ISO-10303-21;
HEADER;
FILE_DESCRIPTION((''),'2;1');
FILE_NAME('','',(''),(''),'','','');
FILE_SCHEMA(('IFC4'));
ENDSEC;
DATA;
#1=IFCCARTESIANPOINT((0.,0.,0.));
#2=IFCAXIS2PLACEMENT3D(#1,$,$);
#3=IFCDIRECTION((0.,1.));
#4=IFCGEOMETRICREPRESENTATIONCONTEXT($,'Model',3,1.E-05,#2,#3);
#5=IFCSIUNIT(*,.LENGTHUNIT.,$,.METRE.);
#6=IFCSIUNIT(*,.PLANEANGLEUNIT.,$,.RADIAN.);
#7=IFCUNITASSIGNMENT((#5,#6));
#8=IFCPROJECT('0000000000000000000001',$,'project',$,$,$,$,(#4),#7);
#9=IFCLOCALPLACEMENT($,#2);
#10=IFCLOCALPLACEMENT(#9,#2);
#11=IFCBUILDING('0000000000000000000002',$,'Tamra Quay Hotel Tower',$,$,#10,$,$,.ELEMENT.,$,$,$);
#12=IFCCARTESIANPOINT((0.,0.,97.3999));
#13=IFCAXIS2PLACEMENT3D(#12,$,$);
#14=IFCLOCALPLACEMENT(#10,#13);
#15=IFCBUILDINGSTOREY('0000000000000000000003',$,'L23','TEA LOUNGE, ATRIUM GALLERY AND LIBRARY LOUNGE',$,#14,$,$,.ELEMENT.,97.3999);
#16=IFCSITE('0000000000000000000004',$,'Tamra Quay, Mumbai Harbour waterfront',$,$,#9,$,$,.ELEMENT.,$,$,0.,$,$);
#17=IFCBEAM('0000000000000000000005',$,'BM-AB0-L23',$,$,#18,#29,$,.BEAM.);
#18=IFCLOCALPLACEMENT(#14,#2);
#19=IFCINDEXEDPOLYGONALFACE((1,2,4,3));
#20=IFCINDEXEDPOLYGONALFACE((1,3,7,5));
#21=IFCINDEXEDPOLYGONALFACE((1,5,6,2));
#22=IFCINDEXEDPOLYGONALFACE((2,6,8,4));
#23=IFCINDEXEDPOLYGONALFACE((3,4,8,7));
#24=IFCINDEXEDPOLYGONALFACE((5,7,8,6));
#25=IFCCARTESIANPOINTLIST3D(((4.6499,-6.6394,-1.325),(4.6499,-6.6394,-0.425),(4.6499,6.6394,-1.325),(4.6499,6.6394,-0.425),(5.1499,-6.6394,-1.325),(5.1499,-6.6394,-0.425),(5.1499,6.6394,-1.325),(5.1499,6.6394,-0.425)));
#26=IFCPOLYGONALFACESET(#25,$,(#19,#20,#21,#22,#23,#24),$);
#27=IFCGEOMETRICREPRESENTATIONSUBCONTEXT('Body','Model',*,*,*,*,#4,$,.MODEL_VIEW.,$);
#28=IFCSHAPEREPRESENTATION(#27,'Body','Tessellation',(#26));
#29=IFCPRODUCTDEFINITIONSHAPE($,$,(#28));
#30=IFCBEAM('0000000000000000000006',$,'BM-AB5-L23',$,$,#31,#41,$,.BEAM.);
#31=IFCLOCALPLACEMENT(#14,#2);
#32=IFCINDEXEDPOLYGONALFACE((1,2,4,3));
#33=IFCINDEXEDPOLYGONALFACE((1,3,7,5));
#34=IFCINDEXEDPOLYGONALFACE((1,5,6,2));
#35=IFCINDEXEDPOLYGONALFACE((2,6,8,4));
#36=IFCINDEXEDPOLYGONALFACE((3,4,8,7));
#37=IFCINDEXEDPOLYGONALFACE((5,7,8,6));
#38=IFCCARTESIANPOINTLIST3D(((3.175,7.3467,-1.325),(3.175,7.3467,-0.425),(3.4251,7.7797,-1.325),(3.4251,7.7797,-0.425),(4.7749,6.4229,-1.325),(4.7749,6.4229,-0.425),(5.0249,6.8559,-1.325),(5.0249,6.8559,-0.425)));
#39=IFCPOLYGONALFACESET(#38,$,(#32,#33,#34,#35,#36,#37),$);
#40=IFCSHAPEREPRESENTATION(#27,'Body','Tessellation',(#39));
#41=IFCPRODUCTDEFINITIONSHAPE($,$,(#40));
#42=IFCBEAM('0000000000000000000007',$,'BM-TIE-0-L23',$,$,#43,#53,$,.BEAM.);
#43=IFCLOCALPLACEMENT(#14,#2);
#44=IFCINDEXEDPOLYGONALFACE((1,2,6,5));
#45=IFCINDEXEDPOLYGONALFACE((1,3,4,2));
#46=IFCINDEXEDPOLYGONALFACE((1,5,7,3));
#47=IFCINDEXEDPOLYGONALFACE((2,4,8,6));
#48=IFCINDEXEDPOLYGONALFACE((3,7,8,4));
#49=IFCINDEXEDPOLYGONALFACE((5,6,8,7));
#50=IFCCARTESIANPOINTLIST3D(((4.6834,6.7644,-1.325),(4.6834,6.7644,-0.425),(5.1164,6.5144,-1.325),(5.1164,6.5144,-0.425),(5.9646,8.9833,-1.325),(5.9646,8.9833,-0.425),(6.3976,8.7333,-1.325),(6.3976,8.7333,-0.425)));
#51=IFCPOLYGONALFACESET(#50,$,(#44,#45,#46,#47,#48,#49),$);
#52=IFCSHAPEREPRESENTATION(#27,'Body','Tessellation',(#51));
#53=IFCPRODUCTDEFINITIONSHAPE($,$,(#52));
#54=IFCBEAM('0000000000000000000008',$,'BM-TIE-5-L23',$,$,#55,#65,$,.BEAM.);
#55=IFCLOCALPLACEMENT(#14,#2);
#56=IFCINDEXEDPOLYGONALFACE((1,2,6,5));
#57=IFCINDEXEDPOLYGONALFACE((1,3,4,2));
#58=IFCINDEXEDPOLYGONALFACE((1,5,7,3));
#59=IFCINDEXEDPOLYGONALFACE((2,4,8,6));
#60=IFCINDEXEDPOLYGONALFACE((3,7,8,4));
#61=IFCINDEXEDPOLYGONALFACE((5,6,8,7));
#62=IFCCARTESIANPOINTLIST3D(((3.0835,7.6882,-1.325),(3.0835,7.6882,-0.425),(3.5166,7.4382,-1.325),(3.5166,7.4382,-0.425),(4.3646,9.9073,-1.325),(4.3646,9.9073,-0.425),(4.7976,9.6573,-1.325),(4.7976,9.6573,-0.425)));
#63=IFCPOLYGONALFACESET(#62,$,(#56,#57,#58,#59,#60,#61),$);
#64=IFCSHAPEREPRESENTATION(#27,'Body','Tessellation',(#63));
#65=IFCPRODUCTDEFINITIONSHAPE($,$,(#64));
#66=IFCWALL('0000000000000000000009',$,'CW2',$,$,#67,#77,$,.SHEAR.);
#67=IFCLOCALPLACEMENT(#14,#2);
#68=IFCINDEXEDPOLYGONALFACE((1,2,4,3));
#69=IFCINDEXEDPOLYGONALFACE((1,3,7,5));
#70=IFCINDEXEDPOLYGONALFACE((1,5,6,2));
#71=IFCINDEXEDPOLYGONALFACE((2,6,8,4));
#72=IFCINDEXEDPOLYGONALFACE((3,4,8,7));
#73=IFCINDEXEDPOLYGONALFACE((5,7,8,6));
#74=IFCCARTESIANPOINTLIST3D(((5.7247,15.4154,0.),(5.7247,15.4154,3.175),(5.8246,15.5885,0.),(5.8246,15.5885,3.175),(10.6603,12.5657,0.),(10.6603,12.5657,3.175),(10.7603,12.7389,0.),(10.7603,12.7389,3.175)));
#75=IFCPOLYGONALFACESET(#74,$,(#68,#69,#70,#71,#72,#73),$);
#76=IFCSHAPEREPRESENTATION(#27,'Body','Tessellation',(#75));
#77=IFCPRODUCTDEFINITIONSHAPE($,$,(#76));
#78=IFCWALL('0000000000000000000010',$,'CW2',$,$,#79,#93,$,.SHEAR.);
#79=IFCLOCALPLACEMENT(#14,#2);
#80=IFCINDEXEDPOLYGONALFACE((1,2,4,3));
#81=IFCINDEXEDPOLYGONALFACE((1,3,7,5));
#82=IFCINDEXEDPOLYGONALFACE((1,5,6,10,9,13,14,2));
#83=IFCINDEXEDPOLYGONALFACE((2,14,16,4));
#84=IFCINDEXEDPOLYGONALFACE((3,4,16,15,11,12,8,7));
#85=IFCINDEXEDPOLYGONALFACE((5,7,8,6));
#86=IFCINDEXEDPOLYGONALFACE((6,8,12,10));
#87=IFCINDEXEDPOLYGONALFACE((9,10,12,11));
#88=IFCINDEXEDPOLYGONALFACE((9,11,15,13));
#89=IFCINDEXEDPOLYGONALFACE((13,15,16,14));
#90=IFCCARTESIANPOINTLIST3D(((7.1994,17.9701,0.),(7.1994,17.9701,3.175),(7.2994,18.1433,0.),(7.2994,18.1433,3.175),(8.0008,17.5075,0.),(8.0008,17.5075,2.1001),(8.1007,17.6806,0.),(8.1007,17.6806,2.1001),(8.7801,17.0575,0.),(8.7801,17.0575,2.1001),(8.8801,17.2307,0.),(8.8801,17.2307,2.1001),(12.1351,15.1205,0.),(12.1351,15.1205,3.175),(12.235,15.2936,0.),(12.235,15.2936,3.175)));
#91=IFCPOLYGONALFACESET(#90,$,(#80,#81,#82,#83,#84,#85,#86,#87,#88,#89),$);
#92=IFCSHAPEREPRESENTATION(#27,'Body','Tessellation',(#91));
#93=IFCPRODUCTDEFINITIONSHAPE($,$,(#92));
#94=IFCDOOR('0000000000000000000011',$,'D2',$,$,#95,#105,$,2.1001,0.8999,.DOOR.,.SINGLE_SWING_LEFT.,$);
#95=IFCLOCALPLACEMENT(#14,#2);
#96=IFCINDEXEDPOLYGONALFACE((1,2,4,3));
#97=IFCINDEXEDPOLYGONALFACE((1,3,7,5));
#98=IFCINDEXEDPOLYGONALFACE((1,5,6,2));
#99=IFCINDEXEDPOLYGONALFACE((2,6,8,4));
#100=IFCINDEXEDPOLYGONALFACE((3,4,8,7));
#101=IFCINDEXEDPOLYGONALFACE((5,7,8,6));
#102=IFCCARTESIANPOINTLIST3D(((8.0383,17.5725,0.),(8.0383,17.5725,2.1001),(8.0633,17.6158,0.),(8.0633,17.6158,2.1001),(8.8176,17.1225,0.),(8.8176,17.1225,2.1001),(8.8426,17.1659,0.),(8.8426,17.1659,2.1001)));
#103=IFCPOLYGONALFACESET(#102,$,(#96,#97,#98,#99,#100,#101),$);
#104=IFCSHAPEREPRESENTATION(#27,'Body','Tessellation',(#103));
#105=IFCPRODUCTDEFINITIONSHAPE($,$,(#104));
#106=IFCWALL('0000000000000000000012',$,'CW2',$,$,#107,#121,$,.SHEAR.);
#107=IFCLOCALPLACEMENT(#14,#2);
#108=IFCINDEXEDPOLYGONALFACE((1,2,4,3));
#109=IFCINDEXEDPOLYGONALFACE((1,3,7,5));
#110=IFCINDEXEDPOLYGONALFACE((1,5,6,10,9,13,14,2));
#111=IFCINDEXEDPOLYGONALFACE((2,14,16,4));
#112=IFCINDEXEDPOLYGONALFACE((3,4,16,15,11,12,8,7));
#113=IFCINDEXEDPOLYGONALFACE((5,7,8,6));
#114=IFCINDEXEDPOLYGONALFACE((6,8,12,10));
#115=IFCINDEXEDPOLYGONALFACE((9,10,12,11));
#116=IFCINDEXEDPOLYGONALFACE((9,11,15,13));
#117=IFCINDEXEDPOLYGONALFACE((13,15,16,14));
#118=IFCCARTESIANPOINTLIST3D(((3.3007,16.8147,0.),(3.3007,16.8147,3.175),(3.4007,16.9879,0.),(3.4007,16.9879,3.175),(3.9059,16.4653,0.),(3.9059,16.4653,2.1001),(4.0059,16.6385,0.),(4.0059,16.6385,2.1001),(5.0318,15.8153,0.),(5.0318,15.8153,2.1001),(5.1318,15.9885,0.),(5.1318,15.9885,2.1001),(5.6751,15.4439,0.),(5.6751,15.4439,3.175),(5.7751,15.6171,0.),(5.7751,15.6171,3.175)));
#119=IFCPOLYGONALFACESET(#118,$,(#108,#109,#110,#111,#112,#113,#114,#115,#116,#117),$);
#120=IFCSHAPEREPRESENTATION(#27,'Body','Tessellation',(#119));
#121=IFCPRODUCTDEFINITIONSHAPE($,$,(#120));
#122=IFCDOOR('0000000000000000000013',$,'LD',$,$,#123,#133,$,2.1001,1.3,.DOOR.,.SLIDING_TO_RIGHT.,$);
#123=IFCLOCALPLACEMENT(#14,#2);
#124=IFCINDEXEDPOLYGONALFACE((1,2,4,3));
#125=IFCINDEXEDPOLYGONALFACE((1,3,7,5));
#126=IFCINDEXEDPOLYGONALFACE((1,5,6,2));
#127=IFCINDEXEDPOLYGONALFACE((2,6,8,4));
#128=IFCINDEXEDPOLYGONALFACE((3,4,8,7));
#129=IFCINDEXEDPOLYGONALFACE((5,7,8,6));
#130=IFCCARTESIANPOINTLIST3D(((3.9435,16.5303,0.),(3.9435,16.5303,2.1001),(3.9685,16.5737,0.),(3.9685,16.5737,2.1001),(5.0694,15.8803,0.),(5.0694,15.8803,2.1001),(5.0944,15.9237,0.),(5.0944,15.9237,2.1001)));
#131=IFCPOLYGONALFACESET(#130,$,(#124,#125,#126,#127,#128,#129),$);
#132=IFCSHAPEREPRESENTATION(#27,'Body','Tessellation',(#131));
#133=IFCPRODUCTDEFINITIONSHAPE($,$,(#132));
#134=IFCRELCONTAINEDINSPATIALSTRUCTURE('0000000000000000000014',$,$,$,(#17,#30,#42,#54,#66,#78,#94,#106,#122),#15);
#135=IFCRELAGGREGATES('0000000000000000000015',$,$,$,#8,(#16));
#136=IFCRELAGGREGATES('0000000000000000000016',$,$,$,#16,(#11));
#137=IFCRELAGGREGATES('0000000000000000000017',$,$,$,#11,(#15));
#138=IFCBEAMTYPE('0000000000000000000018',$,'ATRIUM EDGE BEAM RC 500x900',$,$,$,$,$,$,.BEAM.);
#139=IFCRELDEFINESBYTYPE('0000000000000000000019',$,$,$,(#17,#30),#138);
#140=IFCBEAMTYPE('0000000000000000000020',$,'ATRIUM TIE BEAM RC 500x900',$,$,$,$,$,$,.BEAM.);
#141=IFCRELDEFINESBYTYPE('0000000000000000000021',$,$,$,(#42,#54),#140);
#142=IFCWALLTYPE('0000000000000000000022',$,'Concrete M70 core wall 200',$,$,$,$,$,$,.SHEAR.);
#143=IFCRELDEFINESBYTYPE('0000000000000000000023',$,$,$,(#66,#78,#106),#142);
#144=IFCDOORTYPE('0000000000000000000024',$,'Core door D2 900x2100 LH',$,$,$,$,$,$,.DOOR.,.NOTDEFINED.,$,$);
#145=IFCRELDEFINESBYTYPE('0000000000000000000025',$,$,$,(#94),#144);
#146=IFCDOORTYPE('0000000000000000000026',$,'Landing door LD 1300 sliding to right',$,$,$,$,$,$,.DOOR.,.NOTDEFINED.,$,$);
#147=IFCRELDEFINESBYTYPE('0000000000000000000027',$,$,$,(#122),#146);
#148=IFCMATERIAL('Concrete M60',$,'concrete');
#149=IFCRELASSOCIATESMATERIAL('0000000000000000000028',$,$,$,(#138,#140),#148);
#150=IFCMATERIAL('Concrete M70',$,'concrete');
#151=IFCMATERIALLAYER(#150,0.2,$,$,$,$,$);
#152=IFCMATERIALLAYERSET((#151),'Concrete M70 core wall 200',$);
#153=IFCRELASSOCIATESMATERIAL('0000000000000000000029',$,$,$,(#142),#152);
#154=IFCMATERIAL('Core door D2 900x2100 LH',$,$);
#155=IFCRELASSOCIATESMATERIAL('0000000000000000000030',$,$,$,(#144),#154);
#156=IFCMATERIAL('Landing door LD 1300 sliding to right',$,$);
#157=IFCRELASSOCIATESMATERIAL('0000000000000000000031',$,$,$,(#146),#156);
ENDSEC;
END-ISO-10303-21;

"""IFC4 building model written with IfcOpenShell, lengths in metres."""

from ifc_helpers import new_model, si_unit, direction, frame, frame_2d, origin, origin_2d, place, context, subcontext, project, spatial, rectangle, extrude, material, layer, layer_set, material_profile, profile_set, type_object, element, fill, save


model = new_model("IFC4")

# Units and contexts
model_context = context("Model", 3, precision=1e-05, world=origin(), true_north=direction((0.0, 1.0)))
body_context = subcontext(model_context, "Body", "Model", "MODEL_VIEW")
ifc_project = project(units=[si_unit("LENGTHUNIT", "METRE"), si_unit("PLANEANGLEUNIT", "RADIAN")], contexts=[model_context])

# Site, building, storey
site_placement = place(None, origin())
site = spatial("IfcSite", under=ifc_project, at=site_placement, Name="Tamra Quay, Mumbai Harbour waterfront", CompositionType="ELEMENT", RefElevation=0.0)
building_placement = place(site_placement, origin())
building = spatial("IfcBuilding", under=site, at=building_placement, Name="Tamra Quay Hotel Tower", CompositionType="ELEMENT")
storey_placement = place(building_placement, frame((0.0, 0.0, 97.3999)))
storey = spatial("IfcBuildingStorey", under=building, at=storey_placement, Name="L23", Description="TEA LOUNGE, ATRIUM GALLERY AND LIBRARY LOUNGE", CompositionType="ELEMENT", Elevation=97.3999)

# Beams
ifc_material_1 = material(Name="Concrete M60", Category="concrete")
ifc_material_profile_1 = material_profile(ifc_material_1, rectangle(XDim=0.5, YDim=0.8999, at=origin_2d()), Name="ATRIUM EDGE BEAM RC 500x900")
ifc_profile_set_1 = profile_set([ifc_material_profile_1], Name="Concrete M60")
beam_type_1 = type_object("IfcBeamType", Name="ATRIUM EDGE BEAM RC 500x900", PredefinedType="BEAM", material=ifc_profile_set_1)
beam_1_placement = place(storey_placement, frame((4.8999, 6.6394, -0.875), z_axis=(0.0, -1.0, 0.0), x_axis=(1.0, 0.0, 0.0)))
element("IfcBeam", 1, at=beam_1_placement, inside=storey, type_object=beam_type_1, Name="BM-AB0-L23", PredefinedType="BEAM", context=body_context, shape_type="SweptSolid", body=[
    extrude(rectangle(XDim=0.5, YDim=0.8999, at=origin_2d()), origin(), (0.0, 0.0, 1.0), 13.2788),
])
beam_2_placement = place(storey_placement, frame((3.3, 7.5632, -0.875), z_axis=(0.86599, -0.500062, 0.0), x_axis=(0.500062, 0.86599, 0.0)))
element("IfcBeam", 2, at=beam_2_placement, inside=storey, type_object=beam_type_1, Name="BM-AB5-L23", PredefinedType="BEAM", context=body_context, shape_type="SweptSolid", body=[
    extrude(rectangle(XDim=0.5, YDim=0.8999, at=origin_2d()), origin(), (0.0, 0.0, 1.0), 1.8474),
])
ifc_material_profile_2 = material_profile(ifc_material_1, rectangle(XDim=0.5, YDim=0.8999, at=origin_2d()), Name="ATRIUM TIE BEAM RC 500x900")
ifc_profile_set_2 = profile_set([ifc_material_profile_2], Name="Concrete M60")
beam_type_2 = type_object("IfcBeamType", Name="ATRIUM TIE BEAM RC 500x900", PredefinedType="BEAM", material=ifc_profile_set_2)
for number, where, z_axis, x_axis, name in (
    (3, (4.8999, 6.6394, -0.875), (0.500033, 0.866006, 0.0), (-0.866006, 0.500033, 0.0), "BM-TIE-0-L23"),
    (4, (3.3, 7.5632, -0.875), (0.499962, 0.866048, 0.0), (-0.866048, 0.499962, 0.0), "BM-TIE-5-L23"),
):
    element("IfcBeam", number, at=place(storey_placement, frame(where, z_axis=z_axis, x_axis=x_axis)), inside=storey, type_object=beam_type_2, Name=name, PredefinedType="BEAM", context=body_context, shape_type="SweptSolid", body=[
        extrude(rectangle(XDim=0.5, YDim=0.8999, at=origin_2d()), origin(), (0.0, 0.0, 1.0), 2.5623),
    ])

# Wall
ifc_material_2 = material(Name="Concrete M70", Category="concrete")
ifc_layer_1 = layer(ifc_material_2, 0.2)
ifc_layer_set_1 = layer_set([ifc_layer_1], Name="Concrete M70 core wall 200")
wall_type_1 = type_object("IfcWallType", Name="Concrete M70 core wall 200", PredefinedType="SHEAR", material=ifc_layer_set_1)
wall_1_placement = place(storey_placement, frame((5.7747, 15.502, 0.0), z_axis=(0.0, 0.0, 1.0), x_axis=(0.86602, -0.500009, 0.0)))
element("IfcWall", 5, at=wall_1_placement, inside=storey, type_object=wall_type_1, Name="CW2", PredefinedType="SHEAR", context=body_context, shape_type="SweptSolid", body=[
    extrude(rectangle(XDim=5.6992, YDim=0.2, at=frame_2d((2.8496, 0.0))), origin(), (0.0, 0.0, 1.0), 3.175),
])

# Walls, openings, doors
wall_2_placement = place(storey_placement, frame((12.1851, 15.207, 0.0), z_axis=(0.0, 0.0, 1.0), x_axis=(-0.86602, 0.500009, 0.0)))
wall_2 = element("IfcWall", 6, at=wall_2_placement, inside=storey, type_object=wall_type_1, Name="CW2", PredefinedType="SHEAR", context=body_context, shape_type="SweptSolid", body=[
    extrude(rectangle(XDim=5.6992, YDim=0.2, at=frame_2d((2.8496, 0.0))), origin(), (0.0, 0.0, 1.0), 3.175),
])
opening_1_placement = place(wall_2_placement, frame((3.874, 0.0, 0.0)))
opening_1 = element("IfcOpeningElement", 7, at=opening_1_placement, cuts=wall_2, PredefinedType="OPENING", context=body_context, shape_type="SweptSolid", body=[
    extrude(rectangle(XDim=0.8999, YDim=2.1001, at=frame_2d((0.45, 1.05))), frame((0.0, 0.1099, 0.0), z_axis=(0.0, -1.0, 0.0), x_axis=(1.0, 0.0, 0.0)), (0.0, 0.0, 1.0), 0.22),
])
ifc_material_3 = material(Name="Core door D2 900x2100 LH")
door_type_1 = type_object("IfcDoorType", Name="Core door D2 900x2100 LH", OperationType="NOTDEFINED", PredefinedType="DOOR", material=ifc_material_3)
door_1_placement = place(opening_1_placement, origin())
door_1 = element("IfcDoor", 8, at=door_1_placement, inside=storey, type_object=door_type_1, Name="D2", OperationType="SINGLE_SWING_LEFT", OverallHeight=2.1001, OverallWidth=0.8999, PredefinedType="DOOR", context=body_context, shape_type="SweptSolid", body=[
    extrude(rectangle(XDim=0.8999, YDim=2.1001, at=frame_2d((0.45, 1.05))), frame((0.0, 0.0249, 0.0), z_axis=(0.0, -1.0, 0.0), x_axis=(1.0, 0.0, 0.0)), (0.0, 0.0, 1.0), 0.05),
])
fill(opening_1, door_1)
wall_3_placement = place(storey_placement, frame((5.7251, 15.5305, 0.0), z_axis=(0.0, 0.0, 1.0), x_axis=(-0.866037, 0.499979, 0.0)))
wall_3 = element("IfcWall", 9, at=wall_3_placement, inside=storey, type_object=wall_type_1, Name="CW2", PredefinedType="SHEAR", context=body_context, shape_type="SweptSolid", body=[
    extrude(rectangle(XDim=2.7417, YDim=0.2, at=frame_2d((1.3708, 0.0))), origin(), (0.0, 0.0, 1.0), 3.175),
])
opening_2_placement = place(wall_3_placement, frame((0.7429, 0.0, 0.0)))
opening_2 = element("IfcOpeningElement", 10, at=opening_2_placement, cuts=wall_3, PredefinedType="OPENING", context=body_context, shape_type="SweptSolid", body=[
    extrude(rectangle(XDim=1.3, YDim=2.1001, at=frame_2d((0.6499, 1.05))), frame((0.0, 0.1099, 0.0), z_axis=(0.0, -1.0, 0.0), x_axis=(1.0, 0.0, 0.0)), (0.0, 0.0, 1.0), 0.22),
])
ifc_material_4 = material(Name="Landing door LD 1300 sliding to right")
door_type_2 = type_object("IfcDoorType", Name="Landing door LD 1300 sliding to right", OperationType="NOTDEFINED", PredefinedType="DOOR", material=ifc_material_4)
door_2_placement = place(opening_2_placement, origin())
door_2 = element("IfcDoor", 11, at=door_2_placement, inside=storey, type_object=door_type_2, Name="LD", OperationType="SLIDING_TO_RIGHT", OverallHeight=2.1001, OverallWidth=1.3, PredefinedType="DOOR", context=body_context, shape_type="SweptSolid", body=[
    extrude(rectangle(XDim=1.3, YDim=2.1001, at=frame_2d((0.6499, 1.05))), frame((0.0, 0.0249, 0.0), z_axis=(0.0, -1.0, 0.0), x_axis=(1.0, 0.0, 0.0)), (0.0, 0.0, 1.0), 0.05),
])
fill(opening_2, door_2)

save(model, "model.ifc")
